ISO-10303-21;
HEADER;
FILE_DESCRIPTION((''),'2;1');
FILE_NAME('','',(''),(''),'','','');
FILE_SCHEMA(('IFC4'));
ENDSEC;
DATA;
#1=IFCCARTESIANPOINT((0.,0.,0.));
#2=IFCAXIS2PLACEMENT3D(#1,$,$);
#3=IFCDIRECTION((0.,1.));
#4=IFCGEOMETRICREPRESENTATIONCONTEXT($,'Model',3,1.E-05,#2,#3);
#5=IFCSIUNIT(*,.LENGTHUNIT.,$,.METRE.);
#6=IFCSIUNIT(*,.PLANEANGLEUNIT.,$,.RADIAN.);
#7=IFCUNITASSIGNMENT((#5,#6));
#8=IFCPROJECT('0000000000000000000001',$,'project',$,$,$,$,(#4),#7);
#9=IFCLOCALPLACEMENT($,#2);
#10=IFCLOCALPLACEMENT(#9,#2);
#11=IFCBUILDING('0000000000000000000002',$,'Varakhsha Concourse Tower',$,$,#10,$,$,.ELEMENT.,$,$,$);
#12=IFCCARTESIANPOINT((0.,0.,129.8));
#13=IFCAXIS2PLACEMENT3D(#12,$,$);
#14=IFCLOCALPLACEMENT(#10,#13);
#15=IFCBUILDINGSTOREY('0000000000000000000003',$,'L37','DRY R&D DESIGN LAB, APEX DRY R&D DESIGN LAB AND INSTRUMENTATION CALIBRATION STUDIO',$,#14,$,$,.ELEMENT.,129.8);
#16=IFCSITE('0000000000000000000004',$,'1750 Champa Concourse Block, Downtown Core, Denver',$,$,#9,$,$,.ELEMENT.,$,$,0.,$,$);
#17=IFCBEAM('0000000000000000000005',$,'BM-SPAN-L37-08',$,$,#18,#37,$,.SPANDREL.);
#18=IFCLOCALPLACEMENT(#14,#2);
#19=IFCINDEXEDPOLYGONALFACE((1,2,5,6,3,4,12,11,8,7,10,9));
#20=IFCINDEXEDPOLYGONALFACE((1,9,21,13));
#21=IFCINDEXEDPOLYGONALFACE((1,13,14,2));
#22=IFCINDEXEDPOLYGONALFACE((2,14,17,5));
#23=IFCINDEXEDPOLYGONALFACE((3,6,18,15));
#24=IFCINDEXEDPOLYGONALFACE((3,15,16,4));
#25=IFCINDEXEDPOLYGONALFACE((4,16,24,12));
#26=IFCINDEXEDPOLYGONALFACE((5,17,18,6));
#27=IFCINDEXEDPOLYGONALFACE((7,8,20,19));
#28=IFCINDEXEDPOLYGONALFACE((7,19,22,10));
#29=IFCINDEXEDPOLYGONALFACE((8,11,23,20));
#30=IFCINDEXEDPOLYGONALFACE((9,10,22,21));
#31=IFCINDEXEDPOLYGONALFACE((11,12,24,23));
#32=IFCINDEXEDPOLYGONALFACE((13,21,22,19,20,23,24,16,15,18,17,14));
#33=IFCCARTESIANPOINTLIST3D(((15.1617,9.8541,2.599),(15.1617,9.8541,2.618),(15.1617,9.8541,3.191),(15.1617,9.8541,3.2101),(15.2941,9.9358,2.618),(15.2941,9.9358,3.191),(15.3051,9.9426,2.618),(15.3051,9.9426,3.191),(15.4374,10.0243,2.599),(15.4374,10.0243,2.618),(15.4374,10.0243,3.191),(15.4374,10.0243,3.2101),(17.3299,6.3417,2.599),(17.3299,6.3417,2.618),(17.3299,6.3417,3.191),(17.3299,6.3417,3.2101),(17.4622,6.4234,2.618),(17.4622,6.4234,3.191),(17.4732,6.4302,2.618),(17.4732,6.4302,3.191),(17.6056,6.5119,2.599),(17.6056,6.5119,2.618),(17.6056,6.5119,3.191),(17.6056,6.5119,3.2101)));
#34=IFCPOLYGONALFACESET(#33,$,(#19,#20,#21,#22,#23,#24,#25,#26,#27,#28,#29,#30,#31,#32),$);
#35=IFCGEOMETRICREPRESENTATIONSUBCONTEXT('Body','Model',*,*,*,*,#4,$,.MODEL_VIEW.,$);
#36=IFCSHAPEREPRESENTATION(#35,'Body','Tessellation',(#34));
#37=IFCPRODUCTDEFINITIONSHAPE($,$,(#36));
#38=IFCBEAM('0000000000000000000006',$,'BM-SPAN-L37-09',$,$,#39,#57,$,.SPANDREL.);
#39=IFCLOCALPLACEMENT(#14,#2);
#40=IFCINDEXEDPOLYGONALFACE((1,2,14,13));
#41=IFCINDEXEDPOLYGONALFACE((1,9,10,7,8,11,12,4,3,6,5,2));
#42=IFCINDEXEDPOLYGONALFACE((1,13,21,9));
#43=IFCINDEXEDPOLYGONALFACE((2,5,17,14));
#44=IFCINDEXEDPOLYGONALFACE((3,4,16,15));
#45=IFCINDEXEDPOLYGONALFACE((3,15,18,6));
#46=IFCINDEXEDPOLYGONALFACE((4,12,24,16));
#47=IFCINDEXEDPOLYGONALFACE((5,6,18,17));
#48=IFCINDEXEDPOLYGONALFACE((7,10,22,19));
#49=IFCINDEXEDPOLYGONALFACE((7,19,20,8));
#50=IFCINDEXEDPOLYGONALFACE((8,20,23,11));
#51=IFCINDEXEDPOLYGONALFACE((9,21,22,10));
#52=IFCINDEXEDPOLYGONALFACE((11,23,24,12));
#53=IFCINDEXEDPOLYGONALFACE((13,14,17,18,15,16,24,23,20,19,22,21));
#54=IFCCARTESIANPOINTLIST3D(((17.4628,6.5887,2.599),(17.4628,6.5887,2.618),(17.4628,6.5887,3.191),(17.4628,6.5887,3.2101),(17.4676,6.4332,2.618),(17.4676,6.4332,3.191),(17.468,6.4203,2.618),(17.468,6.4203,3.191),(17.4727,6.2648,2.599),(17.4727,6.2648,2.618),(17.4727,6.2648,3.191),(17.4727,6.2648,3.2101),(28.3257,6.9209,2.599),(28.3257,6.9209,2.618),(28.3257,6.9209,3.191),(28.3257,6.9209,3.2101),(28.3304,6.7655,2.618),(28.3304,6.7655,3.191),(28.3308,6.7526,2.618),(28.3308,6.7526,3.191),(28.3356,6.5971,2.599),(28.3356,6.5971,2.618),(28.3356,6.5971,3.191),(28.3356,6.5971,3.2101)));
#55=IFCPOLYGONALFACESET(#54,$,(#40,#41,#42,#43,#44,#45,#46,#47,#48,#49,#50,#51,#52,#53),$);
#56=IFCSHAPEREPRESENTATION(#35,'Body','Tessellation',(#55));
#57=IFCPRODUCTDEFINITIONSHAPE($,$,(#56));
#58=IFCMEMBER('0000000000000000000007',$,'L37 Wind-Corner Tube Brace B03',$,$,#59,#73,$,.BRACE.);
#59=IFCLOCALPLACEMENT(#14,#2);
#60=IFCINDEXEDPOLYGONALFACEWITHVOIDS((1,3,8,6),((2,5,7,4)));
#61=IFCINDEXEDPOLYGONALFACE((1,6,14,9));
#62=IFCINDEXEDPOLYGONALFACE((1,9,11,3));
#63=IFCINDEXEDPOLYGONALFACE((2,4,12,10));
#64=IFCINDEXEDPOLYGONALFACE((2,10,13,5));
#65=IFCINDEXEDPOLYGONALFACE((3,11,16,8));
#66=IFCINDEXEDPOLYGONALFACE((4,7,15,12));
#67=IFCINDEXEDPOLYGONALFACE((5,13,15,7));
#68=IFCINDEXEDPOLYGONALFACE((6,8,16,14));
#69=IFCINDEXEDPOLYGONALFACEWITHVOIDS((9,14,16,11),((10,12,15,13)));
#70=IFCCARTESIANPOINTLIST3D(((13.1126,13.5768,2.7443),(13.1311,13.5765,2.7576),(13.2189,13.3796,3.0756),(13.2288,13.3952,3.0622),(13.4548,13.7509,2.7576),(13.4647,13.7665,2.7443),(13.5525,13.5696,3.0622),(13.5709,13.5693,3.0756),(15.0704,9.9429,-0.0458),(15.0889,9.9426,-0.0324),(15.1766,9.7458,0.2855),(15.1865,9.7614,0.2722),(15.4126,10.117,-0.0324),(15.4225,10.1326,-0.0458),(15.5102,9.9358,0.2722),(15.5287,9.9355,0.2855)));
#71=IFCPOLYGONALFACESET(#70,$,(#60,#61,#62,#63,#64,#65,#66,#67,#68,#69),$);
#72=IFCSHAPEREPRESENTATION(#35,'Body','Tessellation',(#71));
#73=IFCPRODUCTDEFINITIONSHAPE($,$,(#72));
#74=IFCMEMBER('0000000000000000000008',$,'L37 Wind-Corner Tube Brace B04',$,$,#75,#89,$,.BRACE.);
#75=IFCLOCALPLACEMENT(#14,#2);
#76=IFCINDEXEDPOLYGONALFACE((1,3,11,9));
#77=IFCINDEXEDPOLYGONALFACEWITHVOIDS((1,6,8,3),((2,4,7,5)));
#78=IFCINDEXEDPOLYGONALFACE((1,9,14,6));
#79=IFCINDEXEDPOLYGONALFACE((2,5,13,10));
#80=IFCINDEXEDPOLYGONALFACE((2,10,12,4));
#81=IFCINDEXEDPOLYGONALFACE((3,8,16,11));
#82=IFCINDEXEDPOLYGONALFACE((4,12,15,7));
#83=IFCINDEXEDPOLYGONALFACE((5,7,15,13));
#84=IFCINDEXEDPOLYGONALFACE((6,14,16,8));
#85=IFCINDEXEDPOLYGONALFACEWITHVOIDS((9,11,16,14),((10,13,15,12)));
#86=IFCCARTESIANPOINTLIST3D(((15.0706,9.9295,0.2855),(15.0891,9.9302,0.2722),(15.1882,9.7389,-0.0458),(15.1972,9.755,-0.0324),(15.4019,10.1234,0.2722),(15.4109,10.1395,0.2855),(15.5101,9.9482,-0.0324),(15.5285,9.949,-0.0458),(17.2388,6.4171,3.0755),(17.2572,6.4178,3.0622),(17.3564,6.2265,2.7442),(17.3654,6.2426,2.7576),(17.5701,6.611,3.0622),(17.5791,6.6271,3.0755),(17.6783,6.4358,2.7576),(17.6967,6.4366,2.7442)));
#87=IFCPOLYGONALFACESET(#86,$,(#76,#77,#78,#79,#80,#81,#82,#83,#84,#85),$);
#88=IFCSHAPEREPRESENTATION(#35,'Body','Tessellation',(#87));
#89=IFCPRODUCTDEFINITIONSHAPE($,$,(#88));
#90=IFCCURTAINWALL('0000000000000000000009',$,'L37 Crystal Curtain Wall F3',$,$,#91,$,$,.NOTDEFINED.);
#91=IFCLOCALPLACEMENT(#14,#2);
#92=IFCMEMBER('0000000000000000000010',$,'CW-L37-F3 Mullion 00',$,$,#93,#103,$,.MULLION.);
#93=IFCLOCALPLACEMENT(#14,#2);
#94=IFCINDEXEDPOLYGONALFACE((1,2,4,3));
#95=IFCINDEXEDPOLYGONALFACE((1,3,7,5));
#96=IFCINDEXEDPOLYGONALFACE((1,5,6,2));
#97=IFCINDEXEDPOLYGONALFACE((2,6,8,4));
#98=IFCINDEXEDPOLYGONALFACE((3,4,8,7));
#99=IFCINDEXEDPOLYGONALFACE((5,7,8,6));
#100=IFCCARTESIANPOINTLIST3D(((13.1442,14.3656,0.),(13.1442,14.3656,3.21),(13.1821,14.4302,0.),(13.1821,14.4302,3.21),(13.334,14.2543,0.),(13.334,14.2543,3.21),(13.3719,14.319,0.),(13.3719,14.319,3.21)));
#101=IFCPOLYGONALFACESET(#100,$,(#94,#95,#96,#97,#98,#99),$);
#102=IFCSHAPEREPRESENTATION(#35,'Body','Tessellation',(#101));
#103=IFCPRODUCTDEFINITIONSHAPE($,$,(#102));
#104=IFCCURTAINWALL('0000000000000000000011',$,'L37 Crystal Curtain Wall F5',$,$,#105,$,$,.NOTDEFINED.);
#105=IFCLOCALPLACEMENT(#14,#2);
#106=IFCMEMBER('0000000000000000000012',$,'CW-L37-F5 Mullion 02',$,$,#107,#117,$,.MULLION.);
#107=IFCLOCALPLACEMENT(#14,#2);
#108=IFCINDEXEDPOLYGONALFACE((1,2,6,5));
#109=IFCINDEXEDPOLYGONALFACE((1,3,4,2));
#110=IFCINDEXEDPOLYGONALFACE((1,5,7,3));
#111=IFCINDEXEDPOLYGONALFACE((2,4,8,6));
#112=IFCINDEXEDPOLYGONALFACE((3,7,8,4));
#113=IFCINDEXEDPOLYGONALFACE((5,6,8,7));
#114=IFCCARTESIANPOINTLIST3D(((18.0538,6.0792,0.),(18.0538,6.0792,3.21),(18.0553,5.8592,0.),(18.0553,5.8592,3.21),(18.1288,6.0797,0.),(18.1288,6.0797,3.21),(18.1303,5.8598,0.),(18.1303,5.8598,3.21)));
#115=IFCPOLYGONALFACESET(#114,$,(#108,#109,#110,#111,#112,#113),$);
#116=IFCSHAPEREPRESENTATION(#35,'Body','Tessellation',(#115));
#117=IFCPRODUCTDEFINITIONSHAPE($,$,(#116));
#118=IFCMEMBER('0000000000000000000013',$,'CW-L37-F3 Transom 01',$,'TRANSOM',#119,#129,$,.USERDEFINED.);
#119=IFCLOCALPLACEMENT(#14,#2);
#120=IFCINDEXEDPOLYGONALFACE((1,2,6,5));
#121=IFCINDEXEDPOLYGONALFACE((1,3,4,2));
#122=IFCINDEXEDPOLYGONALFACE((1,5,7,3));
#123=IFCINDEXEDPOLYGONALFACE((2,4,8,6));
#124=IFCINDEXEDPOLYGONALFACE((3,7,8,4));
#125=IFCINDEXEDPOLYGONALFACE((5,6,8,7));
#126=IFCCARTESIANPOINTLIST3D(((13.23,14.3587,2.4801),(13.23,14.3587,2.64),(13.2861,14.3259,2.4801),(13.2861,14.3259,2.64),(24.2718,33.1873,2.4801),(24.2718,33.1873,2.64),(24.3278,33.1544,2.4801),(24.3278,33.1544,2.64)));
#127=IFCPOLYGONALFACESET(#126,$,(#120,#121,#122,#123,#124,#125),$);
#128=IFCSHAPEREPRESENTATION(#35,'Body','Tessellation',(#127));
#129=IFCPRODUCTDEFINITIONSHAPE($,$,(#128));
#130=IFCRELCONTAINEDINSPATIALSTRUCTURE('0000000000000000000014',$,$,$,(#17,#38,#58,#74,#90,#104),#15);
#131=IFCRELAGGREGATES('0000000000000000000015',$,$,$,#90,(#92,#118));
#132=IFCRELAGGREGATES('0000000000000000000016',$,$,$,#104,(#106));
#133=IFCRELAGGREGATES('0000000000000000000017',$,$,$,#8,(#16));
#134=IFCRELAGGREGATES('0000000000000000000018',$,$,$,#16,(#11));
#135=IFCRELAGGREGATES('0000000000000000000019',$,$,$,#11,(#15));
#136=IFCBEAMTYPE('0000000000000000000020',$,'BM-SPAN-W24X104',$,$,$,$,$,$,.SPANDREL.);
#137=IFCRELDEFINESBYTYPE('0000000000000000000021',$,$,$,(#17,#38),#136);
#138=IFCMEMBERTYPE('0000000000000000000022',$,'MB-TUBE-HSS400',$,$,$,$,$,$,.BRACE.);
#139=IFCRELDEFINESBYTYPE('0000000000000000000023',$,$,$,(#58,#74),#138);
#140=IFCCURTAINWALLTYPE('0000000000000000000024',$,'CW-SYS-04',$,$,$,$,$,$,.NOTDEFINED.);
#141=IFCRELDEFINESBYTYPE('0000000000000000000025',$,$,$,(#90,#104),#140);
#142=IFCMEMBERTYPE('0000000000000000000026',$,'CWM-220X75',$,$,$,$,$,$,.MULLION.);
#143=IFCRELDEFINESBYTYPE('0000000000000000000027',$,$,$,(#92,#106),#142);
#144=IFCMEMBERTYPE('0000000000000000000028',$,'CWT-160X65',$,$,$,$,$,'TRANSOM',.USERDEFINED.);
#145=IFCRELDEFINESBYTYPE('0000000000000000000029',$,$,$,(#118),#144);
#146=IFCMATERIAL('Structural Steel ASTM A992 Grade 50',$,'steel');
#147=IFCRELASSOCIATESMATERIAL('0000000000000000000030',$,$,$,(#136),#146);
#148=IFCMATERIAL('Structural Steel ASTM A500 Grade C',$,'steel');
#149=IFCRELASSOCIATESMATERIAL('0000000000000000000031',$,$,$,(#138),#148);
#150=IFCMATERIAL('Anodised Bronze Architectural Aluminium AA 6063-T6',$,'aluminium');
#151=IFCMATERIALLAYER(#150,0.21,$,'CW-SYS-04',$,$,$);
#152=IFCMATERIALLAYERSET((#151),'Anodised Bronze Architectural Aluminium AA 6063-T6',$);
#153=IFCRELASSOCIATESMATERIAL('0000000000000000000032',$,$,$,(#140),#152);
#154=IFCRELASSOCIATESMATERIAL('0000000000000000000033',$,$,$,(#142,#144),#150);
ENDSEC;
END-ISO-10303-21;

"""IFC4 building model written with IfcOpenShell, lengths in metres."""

from ifc_helpers import new_model, si_unit, direction, frame, origin, origin_2d, place, context, subcontext, project, spatial, rectangle, hollow_rectangle, i_section, extrude, source, transform, mapped, material, layer, layer_set, material_profile, profile_set, type_object, type_shapes, element, aggregate, save


model = new_model("IFC4")

# Units and contexts
model_context = context("Model", 3, precision=1e-05, world=origin(), true_north=direction((0.0, 1.0)))
body_context = subcontext(model_context, "Body", "Model", "MODEL_VIEW")
ifc_project = project(units=[si_unit("LENGTHUNIT", "METRE"), si_unit("PLANEANGLEUNIT", "RADIAN")], contexts=[model_context])

# Site, building, storey
site_placement = place(None, origin())
site = spatial("IfcSite", under=ifc_project, at=site_placement, Name="1750 Champa Concourse Block, Downtown Core, Denver", CompositionType="ELEMENT", RefElevation=0.0)
building_placement = place(site_placement, origin())
building = spatial("IfcBuilding", under=site, at=building_placement, Name="Varakhsha Concourse Tower", CompositionType="ELEMENT")
storey_placement = place(building_placement, frame((0.0, 0.0, 129.8)))
storey = spatial("IfcBuildingStorey", under=building, at=storey_placement, Name="L37", Description="DRY R&D DESIGN LAB, APEX DRY R&D DESIGN LAB AND INSTRUMENTATION CALIBRATION STUDIO", CompositionType="ELEMENT", Elevation=129.8)

# Shared definitions
ifc_material_1 = material(Name="Structural Steel ASTM A992 Grade 50", Category="steel")

# Beams
ifc_material_profile_1 = material_profile(ifc_material_1, i_section(OverallWidth=0.324, OverallDepth=0.6111, WebThickness=0.0129, FlangeThickness=0.019, at=origin_2d()), Name="W24X104")
ifc_profile_set_1 = profile_set([ifc_material_profile_1], Name="Structural Steel ASTM A992 Grade 50")
beam_type_1 = type_object("IfcBeamType", Name="BM-SPAN-W24X104", PredefinedType="SPANDREL", material=ifc_profile_set_1)
for number, where, z_axis, x_axis, name in (
    (1, (15.2996, 9.9392, 2.9045), (0.525275, -0.850933, 0.0), (0.850933, 0.525275, 0.0), "BM-SPAN-L37-08"),
):
    element("IfcBeam", number, at=place(storey_placement, frame(where, z_axis=z_axis, x_axis=x_axis)), inside=storey, type_object=beam_type_1, Name=name, PredefinedType="SPANDREL", context=body_context, shape_type="SweptSolid", body=[
        extrude(i_section(OverallWidth=0.324, OverallDepth=0.6111, WebThickness=0.0129, FlangeThickness=0.019, at=origin_2d()), origin(), (0.0, 0.0, 1.0), 4.1277),
    ])
beam_1_placement = place(storey_placement, frame((17.4678, 6.4268, 2.9045), z_axis=(0.999533, 0.030574, 0.0), x_axis=(-0.030574, 0.999533, 0.0)))
element("IfcBeam", 2, at=beam_1_placement, inside=storey, type_object=beam_type_1, Name="BM-SPAN-L37-09", PredefinedType="SPANDREL", context=body_context, shape_type="SweptSolid", body=[
    extrude(i_section(OverallWidth=0.324, OverallDepth=0.6111, WebThickness=0.0129, FlangeThickness=0.019, at=origin_2d()), origin(), (0.0, 0.0, 1.0), 10.8679),
])

# Members
ifc_material_2 = material(Name="Structural Steel ASTM A500 Grade C", Category="steel")
ifc_material_profile_2 = material_profile(ifc_material_2, hollow_rectangle(XDim=0.3999, YDim=0.3999, WallThickness=0.0161, at=origin_2d()), Name="HSS 400x400x16")
ifc_profile_set_2 = profile_set([ifc_material_profile_2], Name="Structural Steel ASTM A500 Grade C")
member_type_1 = type_object("IfcMemberType", Name="MB-TUBE-HSS400", PredefinedType="BRACE", material=ifc_profile_set_2)
shared_shape_1 = source(origin(), body_context, "Body", "SweptSolid", [
    extrude(hollow_rectangle(XDim=0.3999, YDim=0.3999, WallThickness=0.0161, at=origin_2d()), origin(), (0.0, 0.0, 1.0), 4.9822),
])
type_shapes(member_type_1, [shared_shape_1])
for number, where, z_axis, x_axis, name in (
    (3, (15.2996, 9.9392, 0.1199), (-0.392957, 0.729365, 0.56001), (-0.880359, -0.474308, 0.0), "L37 Wind-Corner Tube Brace B03"),
    (4, (15.2996, 9.9392, 0.1199), (0.435188, -0.704993, 0.559996), (0.850933, 0.525275, 0.0), "L37 Wind-Corner Tube Brace B04"),
):
    element("IfcMember", number, at=place(storey_placement, frame(where, z_axis=z_axis, x_axis=x_axis)), inside=storey, type_object=member_type_1, Name=name, PredefinedType="BRACE", context=body_context, shape_type="MappedRepresentation", body=[
        mapped(shared_shape_1, transform((0.0, 0.0, 0.0), scale=1.0)),
    ])

# Curtain walls, members
ifc_material_3 = material(Name="Anodised Bronze Architectural Aluminium AA 6063-T6", Category="aluminium")
ifc_layer_1 = layer(ifc_material_3, 0.21, Name="CW-SYS-04")
ifc_layer_set_1 = layer_set([ifc_layer_1], Name="Anodised Bronze Architectural Aluminium AA 6063-T6")
curtain_wall_type = type_object("IfcCurtainWallType", Name="CW-SYS-04", PredefinedType="NOTDEFINED", material=ifc_layer_set_1)
curtain_wall_1_placement = place(storey_placement, origin())
curtain_wall_1 = element("IfcCurtainWall", 5, at=curtain_wall_1_placement, inside=storey, type_object=curtain_wall_type, Name="L37 Crystal Curtain Wall F3", PredefinedType="NOTDEFINED")
ifc_material_profile_3 = material_profile(ifc_material_3, rectangle(XDim=0.075, YDim=0.22, at=origin_2d()), Name="CWM-220X75")
ifc_profile_set_3 = profile_set([ifc_material_profile_3], Name="Anodised Bronze Architectural Aluminium AA 6063-T6")
member_type_2 = type_object("IfcMemberType", Name="CWM-220X75", PredefinedType="MULLION", material=ifc_profile_set_3)
shared_shape_2 = source(origin(), body_context, "Body", "SweptSolid", [
    extrude(rectangle(XDim=0.075, YDim=0.22, at=origin_2d()), origin(), (0.0, 0.0, 1.0), 3.21),
])
type_shapes(member_type_2, [shared_shape_2])
member_1_placement = place(storey_placement, frame((13.2581, 14.3423, 0.0), z_axis=(0.0, 0.0, 1.0), x_axis=(0.505862, 0.862614, 0.0)))
member_1 = element("IfcMember", 6, at=member_1_placement, type_object=member_type_2, Name="CW-L37-F3 Mullion 00", PredefinedType="MULLION", context=body_context, shape_type="MappedRepresentation", body=[
    mapped(shared_shape_2, transform((0.0, 0.0, 0.0), scale=1.0)),
])
curtain_wall_2_placement = place(storey_placement, origin())
curtain_wall_2 = element("IfcCurtainWall", 7, at=curtain_wall_2_placement, inside=storey, type_object=curtain_wall_type, Name="L37 Crystal Curtain Wall F5", PredefinedType="NOTDEFINED")
member_2_placement = place(storey_placement, frame((18.092, 5.9695, 0.0), z_axis=(0.0, 0.0, 1.0), x_axis=(-0.999977, -0.006786, 0.0)))
member_2 = element("IfcMember", 8, at=member_2_placement, type_object=member_type_2, Name="CW-L37-F5 Mullion 02", PredefinedType="MULLION", context=body_context, shape_type="MappedRepresentation", body=[
    mapped(shared_shape_2, transform((0.0, 0.0, 0.0), scale=1.0)),
])

# Member
ifc_material_profile_4 = material_profile(ifc_material_3, rectangle(XDim=0.0649, YDim=0.1599, at=origin_2d()), Name="CWT-160X65")
ifc_profile_set_4 = profile_set([ifc_material_profile_4], Name="Anodised Bronze Architectural Aluminium AA 6063-T6")
member_type_3 = type_object("IfcMemberType", Name="CWT-160X65", ElementType="TRANSOM", PredefinedType="USERDEFINED", material=ifc_profile_set_4)
shared_shape_3 = source(origin(), body_context, "Body", "SweptSolid", [
    extrude(rectangle(XDim=0.0649, YDim=0.1599, at=origin_2d()), origin(), (0.0, 0.0, 1.0), 21.8274),
])
type_shapes(member_type_3, [shared_shape_3])
member_3_placement = place(storey_placement, frame((13.2581, 14.3423, 2.5601), z_axis=(0.505866, 0.862612, 0.0), x_axis=(-0.862612, 0.505866, 0.0)))
member_3 = element("IfcMember", 9, at=member_3_placement, type_object=member_type_3, Name="CW-L37-F3 Transom 01", ObjectType="TRANSOM", PredefinedType="USERDEFINED", context=body_context, shape_type="MappedRepresentation", body=[
    mapped(shared_shape_3, transform((0.0, 0.0, 0.0), scale=1.0)),
])

aggregate(curtain_wall_1, [member_1, member_3])
aggregate(curtain_wall_2, [member_2])

save(model, "model.ifc")
